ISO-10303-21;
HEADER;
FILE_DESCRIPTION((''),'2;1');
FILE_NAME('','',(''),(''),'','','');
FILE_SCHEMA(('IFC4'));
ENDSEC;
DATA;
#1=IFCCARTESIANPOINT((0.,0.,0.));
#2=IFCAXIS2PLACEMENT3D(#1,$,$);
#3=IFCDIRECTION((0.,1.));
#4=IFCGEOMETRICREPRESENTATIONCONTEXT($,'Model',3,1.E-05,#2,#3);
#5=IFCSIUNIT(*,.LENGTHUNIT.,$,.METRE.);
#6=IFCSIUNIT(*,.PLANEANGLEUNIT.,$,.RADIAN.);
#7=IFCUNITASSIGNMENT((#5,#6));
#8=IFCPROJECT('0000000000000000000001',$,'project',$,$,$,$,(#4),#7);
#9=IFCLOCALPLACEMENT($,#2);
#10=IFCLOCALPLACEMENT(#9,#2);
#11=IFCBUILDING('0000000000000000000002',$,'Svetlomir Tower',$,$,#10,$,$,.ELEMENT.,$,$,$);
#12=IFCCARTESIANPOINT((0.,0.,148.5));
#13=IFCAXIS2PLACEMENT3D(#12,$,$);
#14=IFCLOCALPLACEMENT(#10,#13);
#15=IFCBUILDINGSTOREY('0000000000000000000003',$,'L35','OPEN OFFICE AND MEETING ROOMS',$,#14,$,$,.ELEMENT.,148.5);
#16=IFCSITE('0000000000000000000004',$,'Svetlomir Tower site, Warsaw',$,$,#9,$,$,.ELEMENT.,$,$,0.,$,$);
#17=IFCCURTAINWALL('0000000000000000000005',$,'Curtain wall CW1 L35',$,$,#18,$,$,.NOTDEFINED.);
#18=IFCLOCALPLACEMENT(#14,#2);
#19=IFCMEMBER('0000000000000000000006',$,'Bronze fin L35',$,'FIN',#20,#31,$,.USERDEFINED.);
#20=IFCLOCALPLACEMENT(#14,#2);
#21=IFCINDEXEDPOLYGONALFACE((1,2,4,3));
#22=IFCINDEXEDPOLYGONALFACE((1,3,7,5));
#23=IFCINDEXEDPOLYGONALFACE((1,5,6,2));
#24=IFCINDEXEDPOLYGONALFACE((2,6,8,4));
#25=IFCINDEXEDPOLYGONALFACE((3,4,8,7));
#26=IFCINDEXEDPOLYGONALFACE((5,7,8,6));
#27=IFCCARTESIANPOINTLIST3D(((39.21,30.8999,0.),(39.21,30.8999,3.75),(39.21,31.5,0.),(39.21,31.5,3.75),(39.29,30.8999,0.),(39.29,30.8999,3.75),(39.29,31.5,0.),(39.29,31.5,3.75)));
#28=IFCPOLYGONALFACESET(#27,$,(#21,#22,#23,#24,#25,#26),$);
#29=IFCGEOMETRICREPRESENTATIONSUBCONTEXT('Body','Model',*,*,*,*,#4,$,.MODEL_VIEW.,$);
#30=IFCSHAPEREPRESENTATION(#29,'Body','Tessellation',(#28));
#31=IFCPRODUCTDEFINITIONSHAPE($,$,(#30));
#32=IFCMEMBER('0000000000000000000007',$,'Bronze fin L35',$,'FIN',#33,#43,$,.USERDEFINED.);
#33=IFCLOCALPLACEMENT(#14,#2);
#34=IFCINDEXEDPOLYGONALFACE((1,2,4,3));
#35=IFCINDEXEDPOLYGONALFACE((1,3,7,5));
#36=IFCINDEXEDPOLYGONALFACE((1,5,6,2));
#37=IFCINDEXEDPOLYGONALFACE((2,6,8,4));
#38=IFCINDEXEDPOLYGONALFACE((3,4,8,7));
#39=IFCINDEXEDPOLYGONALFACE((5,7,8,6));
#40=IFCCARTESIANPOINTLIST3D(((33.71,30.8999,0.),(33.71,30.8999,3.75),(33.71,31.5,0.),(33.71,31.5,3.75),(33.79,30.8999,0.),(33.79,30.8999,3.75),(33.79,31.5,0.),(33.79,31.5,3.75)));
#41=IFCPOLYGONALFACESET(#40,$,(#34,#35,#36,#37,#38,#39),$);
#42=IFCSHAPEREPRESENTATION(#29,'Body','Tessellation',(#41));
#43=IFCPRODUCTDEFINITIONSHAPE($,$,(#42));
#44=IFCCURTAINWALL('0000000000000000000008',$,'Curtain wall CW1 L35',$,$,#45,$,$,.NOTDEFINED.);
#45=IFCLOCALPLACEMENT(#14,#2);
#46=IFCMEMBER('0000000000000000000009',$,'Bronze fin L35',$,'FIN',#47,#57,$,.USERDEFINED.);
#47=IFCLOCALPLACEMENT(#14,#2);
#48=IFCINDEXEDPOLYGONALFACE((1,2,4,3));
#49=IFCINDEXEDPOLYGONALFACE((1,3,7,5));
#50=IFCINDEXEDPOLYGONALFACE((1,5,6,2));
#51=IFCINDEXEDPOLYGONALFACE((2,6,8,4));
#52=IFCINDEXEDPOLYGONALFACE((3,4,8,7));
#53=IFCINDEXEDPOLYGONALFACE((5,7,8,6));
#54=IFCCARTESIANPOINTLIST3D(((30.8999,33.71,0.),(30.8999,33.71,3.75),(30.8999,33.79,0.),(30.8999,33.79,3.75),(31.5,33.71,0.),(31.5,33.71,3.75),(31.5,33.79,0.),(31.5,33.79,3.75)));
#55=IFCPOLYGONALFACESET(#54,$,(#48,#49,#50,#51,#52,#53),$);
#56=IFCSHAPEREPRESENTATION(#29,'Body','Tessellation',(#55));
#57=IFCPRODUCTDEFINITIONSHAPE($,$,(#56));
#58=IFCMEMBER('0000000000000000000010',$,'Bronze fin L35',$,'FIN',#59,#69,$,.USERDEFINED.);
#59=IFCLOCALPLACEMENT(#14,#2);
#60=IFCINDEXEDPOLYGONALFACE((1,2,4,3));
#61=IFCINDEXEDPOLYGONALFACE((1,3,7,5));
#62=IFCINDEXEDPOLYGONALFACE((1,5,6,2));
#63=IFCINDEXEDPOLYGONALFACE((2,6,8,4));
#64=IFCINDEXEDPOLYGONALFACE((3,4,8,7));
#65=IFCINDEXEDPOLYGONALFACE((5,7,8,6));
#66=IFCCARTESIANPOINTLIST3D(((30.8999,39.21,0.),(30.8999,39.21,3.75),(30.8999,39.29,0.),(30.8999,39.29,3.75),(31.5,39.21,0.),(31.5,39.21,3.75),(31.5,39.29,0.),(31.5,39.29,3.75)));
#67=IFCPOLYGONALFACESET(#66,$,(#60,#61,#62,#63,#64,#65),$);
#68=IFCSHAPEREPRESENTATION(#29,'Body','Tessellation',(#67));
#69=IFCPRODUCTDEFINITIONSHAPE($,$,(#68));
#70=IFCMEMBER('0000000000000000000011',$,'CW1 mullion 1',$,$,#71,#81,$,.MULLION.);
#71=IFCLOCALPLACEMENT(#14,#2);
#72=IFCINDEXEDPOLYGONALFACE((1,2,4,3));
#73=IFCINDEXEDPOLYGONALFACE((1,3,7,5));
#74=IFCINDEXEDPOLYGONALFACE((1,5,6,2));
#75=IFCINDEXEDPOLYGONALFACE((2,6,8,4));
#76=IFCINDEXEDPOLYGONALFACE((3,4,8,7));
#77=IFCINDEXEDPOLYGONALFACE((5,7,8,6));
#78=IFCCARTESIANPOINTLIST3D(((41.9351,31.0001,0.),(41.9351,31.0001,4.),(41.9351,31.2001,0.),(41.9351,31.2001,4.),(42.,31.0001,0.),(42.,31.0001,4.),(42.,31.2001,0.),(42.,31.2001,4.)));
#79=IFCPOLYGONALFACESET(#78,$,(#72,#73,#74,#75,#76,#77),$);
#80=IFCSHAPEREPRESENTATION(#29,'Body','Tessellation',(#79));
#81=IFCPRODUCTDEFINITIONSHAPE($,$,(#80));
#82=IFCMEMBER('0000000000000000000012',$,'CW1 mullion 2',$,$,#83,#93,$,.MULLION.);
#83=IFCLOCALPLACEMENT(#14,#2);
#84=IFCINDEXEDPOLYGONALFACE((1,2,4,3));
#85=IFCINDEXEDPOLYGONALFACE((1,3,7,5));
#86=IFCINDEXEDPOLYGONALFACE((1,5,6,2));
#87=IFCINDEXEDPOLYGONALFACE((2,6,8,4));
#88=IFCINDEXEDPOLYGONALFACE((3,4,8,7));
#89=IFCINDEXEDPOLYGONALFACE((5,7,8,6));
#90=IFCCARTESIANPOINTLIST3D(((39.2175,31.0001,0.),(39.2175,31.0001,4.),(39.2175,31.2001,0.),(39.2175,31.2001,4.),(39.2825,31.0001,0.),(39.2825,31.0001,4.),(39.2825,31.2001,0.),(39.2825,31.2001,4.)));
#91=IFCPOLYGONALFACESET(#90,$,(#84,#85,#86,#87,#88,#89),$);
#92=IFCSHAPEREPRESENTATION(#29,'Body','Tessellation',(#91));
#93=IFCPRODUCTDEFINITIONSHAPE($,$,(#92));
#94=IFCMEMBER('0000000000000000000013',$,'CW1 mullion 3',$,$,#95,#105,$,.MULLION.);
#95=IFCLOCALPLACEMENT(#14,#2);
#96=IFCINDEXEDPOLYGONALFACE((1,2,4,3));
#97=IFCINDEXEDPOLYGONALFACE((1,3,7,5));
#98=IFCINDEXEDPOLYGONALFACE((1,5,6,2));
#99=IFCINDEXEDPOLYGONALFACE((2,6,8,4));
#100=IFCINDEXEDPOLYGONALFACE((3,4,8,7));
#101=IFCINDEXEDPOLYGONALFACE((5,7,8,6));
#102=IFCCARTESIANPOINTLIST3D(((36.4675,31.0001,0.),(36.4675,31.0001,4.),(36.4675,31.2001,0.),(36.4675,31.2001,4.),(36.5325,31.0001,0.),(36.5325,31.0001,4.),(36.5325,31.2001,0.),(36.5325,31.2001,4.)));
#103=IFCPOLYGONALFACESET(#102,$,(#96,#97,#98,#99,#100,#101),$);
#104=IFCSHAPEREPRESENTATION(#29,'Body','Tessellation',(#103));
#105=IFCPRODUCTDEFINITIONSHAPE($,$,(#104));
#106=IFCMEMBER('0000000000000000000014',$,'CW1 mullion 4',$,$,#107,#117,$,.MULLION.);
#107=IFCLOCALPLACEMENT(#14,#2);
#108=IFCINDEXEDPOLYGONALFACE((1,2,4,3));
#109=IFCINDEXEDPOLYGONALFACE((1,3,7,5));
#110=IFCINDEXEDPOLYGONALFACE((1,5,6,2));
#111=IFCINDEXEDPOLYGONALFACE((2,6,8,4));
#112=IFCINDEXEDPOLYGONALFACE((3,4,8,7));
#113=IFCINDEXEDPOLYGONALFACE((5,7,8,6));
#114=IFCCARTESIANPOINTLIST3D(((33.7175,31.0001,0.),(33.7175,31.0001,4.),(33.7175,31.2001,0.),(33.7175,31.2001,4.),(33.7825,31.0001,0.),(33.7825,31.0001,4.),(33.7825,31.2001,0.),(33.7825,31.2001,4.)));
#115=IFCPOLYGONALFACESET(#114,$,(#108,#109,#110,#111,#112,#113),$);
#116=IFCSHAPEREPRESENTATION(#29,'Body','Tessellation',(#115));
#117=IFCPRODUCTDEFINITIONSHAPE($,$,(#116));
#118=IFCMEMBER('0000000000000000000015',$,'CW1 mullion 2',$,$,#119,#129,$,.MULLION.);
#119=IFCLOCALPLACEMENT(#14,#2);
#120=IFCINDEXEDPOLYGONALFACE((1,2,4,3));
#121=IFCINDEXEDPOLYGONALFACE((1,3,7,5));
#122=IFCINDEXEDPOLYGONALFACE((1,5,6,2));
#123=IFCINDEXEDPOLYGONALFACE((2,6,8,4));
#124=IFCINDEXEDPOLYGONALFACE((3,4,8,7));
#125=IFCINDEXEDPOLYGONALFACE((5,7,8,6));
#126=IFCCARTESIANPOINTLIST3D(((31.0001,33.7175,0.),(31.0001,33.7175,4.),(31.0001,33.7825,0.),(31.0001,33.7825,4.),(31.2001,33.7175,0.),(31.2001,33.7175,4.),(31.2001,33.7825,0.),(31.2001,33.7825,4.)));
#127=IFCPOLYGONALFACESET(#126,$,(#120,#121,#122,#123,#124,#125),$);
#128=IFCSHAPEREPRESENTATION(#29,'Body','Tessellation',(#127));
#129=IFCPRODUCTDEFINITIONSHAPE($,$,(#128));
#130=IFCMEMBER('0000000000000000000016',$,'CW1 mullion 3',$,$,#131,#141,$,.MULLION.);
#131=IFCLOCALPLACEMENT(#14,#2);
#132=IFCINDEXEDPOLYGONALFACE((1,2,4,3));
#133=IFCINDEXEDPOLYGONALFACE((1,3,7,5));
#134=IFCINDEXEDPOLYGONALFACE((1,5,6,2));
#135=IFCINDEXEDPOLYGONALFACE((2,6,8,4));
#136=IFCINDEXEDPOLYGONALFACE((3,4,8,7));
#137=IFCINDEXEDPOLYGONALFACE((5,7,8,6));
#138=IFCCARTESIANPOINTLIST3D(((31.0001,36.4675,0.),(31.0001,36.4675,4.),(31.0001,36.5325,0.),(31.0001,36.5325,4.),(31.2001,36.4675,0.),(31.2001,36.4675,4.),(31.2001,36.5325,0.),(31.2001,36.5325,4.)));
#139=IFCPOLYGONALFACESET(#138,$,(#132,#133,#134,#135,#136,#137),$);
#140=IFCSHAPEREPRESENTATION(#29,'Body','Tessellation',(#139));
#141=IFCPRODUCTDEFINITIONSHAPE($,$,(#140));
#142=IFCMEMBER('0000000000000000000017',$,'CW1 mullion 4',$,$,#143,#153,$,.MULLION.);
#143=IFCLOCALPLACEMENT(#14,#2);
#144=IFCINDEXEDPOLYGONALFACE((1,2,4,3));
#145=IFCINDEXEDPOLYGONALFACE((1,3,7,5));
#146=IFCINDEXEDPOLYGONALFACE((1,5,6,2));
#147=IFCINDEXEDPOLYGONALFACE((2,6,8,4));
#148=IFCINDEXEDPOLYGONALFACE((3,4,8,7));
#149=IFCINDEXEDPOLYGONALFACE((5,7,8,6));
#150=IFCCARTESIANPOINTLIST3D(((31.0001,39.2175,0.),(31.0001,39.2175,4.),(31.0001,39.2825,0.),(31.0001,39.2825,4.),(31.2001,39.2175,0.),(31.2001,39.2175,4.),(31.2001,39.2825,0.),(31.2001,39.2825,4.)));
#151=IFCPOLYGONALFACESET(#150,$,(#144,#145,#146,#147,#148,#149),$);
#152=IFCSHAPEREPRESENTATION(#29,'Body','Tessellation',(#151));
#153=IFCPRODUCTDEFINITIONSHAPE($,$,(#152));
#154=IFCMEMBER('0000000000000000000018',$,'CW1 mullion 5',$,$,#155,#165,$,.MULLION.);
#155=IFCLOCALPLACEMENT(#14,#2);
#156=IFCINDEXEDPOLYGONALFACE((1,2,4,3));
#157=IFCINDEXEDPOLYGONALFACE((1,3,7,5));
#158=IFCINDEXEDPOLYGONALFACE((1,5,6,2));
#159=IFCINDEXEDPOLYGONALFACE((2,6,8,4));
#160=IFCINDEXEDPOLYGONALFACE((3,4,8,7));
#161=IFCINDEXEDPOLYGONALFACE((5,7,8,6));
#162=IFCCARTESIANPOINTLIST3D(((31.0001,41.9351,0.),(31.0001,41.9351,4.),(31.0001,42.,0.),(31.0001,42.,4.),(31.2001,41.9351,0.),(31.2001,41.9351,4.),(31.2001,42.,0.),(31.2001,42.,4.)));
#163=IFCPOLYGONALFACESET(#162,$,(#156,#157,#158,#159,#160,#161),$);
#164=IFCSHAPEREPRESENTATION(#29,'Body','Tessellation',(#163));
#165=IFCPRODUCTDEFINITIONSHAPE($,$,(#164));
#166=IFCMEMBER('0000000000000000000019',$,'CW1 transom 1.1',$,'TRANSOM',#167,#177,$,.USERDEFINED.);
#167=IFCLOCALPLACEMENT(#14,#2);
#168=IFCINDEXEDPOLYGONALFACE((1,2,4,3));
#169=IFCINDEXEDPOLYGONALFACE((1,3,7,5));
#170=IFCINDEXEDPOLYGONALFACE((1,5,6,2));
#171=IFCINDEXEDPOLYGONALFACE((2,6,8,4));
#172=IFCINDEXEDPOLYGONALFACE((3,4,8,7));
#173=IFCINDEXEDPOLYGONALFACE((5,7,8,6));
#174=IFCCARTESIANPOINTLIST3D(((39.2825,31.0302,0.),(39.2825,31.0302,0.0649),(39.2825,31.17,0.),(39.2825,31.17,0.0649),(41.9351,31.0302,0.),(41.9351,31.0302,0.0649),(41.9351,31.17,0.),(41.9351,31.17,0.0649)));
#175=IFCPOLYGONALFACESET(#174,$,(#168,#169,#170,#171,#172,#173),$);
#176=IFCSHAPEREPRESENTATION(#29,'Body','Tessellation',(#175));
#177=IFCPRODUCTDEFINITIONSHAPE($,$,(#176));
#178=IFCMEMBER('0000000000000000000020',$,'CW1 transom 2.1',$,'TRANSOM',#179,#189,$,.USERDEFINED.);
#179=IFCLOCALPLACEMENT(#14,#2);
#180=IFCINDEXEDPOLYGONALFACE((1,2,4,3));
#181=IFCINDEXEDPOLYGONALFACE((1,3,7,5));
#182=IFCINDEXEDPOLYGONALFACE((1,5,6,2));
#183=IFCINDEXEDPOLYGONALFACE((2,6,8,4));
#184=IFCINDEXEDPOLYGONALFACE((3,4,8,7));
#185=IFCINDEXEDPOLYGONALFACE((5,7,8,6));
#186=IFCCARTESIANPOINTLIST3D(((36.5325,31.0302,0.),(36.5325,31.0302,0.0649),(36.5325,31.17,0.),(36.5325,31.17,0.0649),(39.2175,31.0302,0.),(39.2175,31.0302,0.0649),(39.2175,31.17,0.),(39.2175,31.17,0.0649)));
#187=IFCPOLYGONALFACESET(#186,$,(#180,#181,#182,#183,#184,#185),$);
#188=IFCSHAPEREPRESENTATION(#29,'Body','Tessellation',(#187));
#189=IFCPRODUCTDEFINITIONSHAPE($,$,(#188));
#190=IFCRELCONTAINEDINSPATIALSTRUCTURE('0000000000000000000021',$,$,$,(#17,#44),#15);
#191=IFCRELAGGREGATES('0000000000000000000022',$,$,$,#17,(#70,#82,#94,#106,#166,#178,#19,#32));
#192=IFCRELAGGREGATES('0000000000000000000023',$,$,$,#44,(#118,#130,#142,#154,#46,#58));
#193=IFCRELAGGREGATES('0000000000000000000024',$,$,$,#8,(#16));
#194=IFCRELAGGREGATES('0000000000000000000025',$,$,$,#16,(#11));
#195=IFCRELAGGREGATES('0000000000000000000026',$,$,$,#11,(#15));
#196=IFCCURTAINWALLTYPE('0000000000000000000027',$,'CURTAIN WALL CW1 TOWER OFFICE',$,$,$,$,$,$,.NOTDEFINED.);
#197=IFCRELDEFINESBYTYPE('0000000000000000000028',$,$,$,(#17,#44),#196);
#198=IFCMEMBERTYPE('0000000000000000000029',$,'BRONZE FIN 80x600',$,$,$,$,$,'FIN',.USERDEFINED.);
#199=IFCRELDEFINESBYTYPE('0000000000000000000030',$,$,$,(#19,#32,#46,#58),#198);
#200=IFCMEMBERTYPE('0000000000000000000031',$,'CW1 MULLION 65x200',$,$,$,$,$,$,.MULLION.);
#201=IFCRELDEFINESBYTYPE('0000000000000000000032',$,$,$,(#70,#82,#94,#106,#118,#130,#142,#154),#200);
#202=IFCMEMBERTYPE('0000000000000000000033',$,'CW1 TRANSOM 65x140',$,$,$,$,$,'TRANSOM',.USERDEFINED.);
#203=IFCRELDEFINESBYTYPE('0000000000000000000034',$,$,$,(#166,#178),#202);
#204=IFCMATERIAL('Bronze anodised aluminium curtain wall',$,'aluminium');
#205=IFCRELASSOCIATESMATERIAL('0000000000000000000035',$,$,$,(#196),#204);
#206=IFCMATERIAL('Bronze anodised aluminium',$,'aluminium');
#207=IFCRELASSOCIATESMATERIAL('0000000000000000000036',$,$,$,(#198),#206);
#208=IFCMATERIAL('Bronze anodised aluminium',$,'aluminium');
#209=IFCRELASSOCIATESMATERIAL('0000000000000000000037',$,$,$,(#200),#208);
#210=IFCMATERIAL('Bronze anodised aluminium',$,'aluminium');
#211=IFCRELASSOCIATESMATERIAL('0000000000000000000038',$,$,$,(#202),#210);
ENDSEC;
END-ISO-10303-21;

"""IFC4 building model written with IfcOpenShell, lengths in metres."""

from ifc_helpers import new_model, si_unit, direction, frame, origin, origin_2d, place, context, subcontext, project, spatial, rectangle, extrude, material, material_profile, profile_set, type_object, element, aggregate, save


model = new_model("IFC4")

# Units and contexts
model_context = context("Model", 3, precision=1e-05, world=origin(), true_north=direction((0.0, 1.0)))
body_context = subcontext(model_context, "Body", "Model", "MODEL_VIEW")
ifc_project = project(units=[si_unit("LENGTHUNIT", "METRE"), si_unit("PLANEANGLEUNIT", "RADIAN")], contexts=[model_context])

# Site, building, storey
site_placement = place(None, origin())
site = spatial("IfcSite", under=ifc_project, at=site_placement, Name="Svetlomir Tower site, Warsaw", CompositionType="ELEMENT", RefElevation=0.0)
building_placement = place(site_placement, origin())
building = spatial("IfcBuilding", under=site, at=building_placement, Name="Svetlomir Tower", CompositionType="ELEMENT")
storey_placement = place(building_placement, frame((0.0, 0.0, 148.5)))
storey = spatial("IfcBuildingStorey", under=building, at=storey_placement, Name="L35", Description="OPEN OFFICE AND MEETING ROOMS", CompositionType="ELEMENT", Elevation=148.5)

# Curtain walls, members
ifc_material_1 = material(Name="Bronze anodised aluminium curtain wall", Category="aluminium")
curtain_wall_type = type_object("IfcCurtainWallType", Name="CURTAIN WALL CW1 TOWER OFFICE", PredefinedType="NOTDEFINED", material=ifc_material_1)
curtain_wall_1_placement = place(storey_placement, origin())
curtain_wall_1 = element("IfcCurtainWall", 1, at=curtain_wall_1_placement, inside=storey, type_object=curtain_wall_type, Name="Curtain wall CW1 L35", PredefinedType="NOTDEFINED")
ifc_material_2 = material(Name="Bronze anodised aluminium", Category="aluminium")
ifc_material_profile_1 = material_profile(ifc_material_2, rectangle(XDim=0.0801, YDim=0.6001, at=origin_2d()), Name="FIN 80x600")
ifc_profile_set_1 = profile_set([ifc_material_profile_1], Name="Bronze anodised aluminium 6063-T6")
member_type_1 = type_object("IfcMemberType", Name="BRONZE FIN 80x600", ElementType="FIN", PredefinedType="USERDEFINED", material=ifc_profile_set_1)
member_1_placement = place(storey_placement, frame((39.25, 31.2, 0.0), z_axis=(0.0, 0.0, 1.0), x_axis=(1.0, 0.0, 0.0)))
member_1 = element("IfcMember", 2, at=member_1_placement, type_object=member_type_1, Name="Bronze fin L35", ObjectType="FIN", PredefinedType="USERDEFINED", context=body_context, shape_type="SweptSolid", body=[
    extrude(rectangle(XDim=0.0801, YDim=0.6001, at=origin_2d()), origin(), (0.0, 0.0, 1.0), 3.75),
])
member_2_placement = place(storey_placement, frame((33.75, 31.2, 0.0), z_axis=(0.0, 0.0, 1.0), x_axis=(1.0, 0.0, 0.0)))
member_2 = element("IfcMember", 3, at=member_2_placement, type_object=member_type_1, Name="Bronze fin L35", ObjectType="FIN", PredefinedType="USERDEFINED", context=body_context, shape_type="SweptSolid", body=[
    extrude(rectangle(XDim=0.0801, YDim=0.6001, at=origin_2d()), origin(), (0.0, 0.0, 1.0), 3.75),
])
curtain_wall_2_placement = place(storey_placement, origin())
curtain_wall_2 = element("IfcCurtainWall", 4, at=curtain_wall_2_placement, inside=storey, type_object=curtain_wall_type, Name="Curtain wall CW1 L35", PredefinedType="NOTDEFINED")
member_3_placement = place(storey_placement, frame((31.2, 33.75, 0.0), z_axis=(0.0, 0.0, 1.0), x_axis=(0.0, 1.0, 0.0)))
member_3 = element("IfcMember", 5, at=member_3_placement, type_object=member_type_1, Name="Bronze fin L35", ObjectType="FIN", PredefinedType="USERDEFINED", context=body_context, shape_type="SweptSolid", body=[
    extrude(rectangle(XDim=0.0801, YDim=0.6001, at=origin_2d()), origin(), (0.0, 0.0, 1.0), 3.75),
])
member_4_placement = place(storey_placement, frame((31.2, 39.25, 0.0), z_axis=(0.0, 0.0, 1.0), x_axis=(0.0, 1.0, 0.0)))
member_4 = element("IfcMember", 6, at=member_4_placement, type_object=member_type_1, Name="Bronze fin L35", ObjectType="FIN", PredefinedType="USERDEFINED", context=body_context, shape_type="SweptSolid", body=[
    extrude(rectangle(XDim=0.0801, YDim=0.6001, at=origin_2d()), origin(), (0.0, 0.0, 1.0), 3.75),
])

# Members
ifc_material_3 = material(Name="Bronze anodised aluminium", Category="aluminium")
ifc_material_profile_2 = material_profile(ifc_material_3, rectangle(XDim=0.0649, YDim=0.2, at=origin_2d()), Name="AL 65x200")
ifc_profile_set_2 = profile_set([ifc_material_profile_2], Name="Bronze anodised aluminium 6063-T6")
member_type_2 = type_object("IfcMemberType", Name="CW1 MULLION 65x200", PredefinedType="MULLION", material=ifc_profile_set_2)
member_5_placement = place(storey_placement, frame((41.9675, 31.1001, 0.0), z_axis=(0.0, 0.0, 1.0), x_axis=(-1.0, 0.0, 0.0)))
member_5 = element("IfcMember", 7, at=member_5_placement, type_object=member_type_2, Name="CW1 mullion 1", PredefinedType="MULLION", context=body_context, shape_type="SweptSolid", body=[
    extrude(rectangle(XDim=0.0649, YDim=0.2, at=origin_2d()), origin(), (0.0, 0.0, 1.0), 4.0),
])
member_6_placement = place(storey_placement, frame((39.25, 31.1001, 0.0), z_axis=(0.0, 0.0, 1.0), x_axis=(-1.0, 0.0, 0.0)))
member_6 = element("IfcMember", 8, at=member_6_placement, type_object=member_type_2, Name="CW1 mullion 2", PredefinedType="MULLION", context=body_context, shape_type="SweptSolid", body=[
    extrude(rectangle(XDim=0.0649, YDim=0.2, at=origin_2d()), origin(), (0.0, 0.0, 1.0), 4.0),
])
member_7_placement = place(storey_placement, frame((36.5, 31.1001, 0.0), z_axis=(0.0, 0.0, 1.0), x_axis=(-1.0, 0.0, 0.0)))
member_7 = element("IfcMember", 9, at=member_7_placement, type_object=member_type_2, Name="CW1 mullion 3", PredefinedType="MULLION", context=body_context, shape_type="SweptSolid", body=[
    extrude(rectangle(XDim=0.0649, YDim=0.2, at=origin_2d()), origin(), (0.0, 0.0, 1.0), 4.0),
])
member_8_placement = place(storey_placement, frame((33.75, 31.1001, 0.0), z_axis=(0.0, 0.0, 1.0), x_axis=(-1.0, 0.0, 0.0)))
member_8 = element("IfcMember", 10, at=member_8_placement, type_object=member_type_2, Name="CW1 mullion 4", PredefinedType="MULLION", context=body_context, shape_type="SweptSolid", body=[
    extrude(rectangle(XDim=0.0649, YDim=0.2, at=origin_2d()), origin(), (0.0, 0.0, 1.0), 4.0),
])
member_9_placement = place(storey_placement, frame((31.1001, 33.75, 0.0), z_axis=(0.0, 0.0, 1.0), x_axis=(0.0, 1.0, 0.0)))
member_9 = element("IfcMember", 11, at=member_9_placement, type_object=member_type_2, Name="CW1 mullion 2", PredefinedType="MULLION", context=body_context, shape_type="SweptSolid", body=[
    extrude(rectangle(XDim=0.0649, YDim=0.2, at=origin_2d()), origin(), (0.0, 0.0, 1.0), 4.0),
])
member_10_placement = place(storey_placement, frame((31.1001, 36.5, 0.0), z_axis=(0.0, 0.0, 1.0), x_axis=(0.0, 1.0, 0.0)))
member_10 = element("IfcMember", 12, at=member_10_placement, type_object=member_type_2, Name="CW1 mullion 3", PredefinedType="MULLION", context=body_context, shape_type="SweptSolid", body=[
    extrude(rectangle(XDim=0.0649, YDim=0.2, at=origin_2d()), origin(), (0.0, 0.0, 1.0), 4.0),
])
member_11_placement = place(storey_placement, frame((31.1001, 39.25, 0.0), z_axis=(0.0, 0.0, 1.0), x_axis=(0.0, 1.0, 0.0)))
member_11 = element("IfcMember", 13, at=member_11_placement, type_object=member_type_2, Name="CW1 mullion 4", PredefinedType="MULLION", context=body_context, shape_type="SweptSolid", body=[
    extrude(rectangle(XDim=0.0649, YDim=0.2, at=origin_2d()), origin(), (0.0, 0.0, 1.0), 4.0),
])
member_12_placement = place(storey_placement, frame((31.1001, 41.9675, 0.0), z_axis=(0.0, 0.0, 1.0), x_axis=(0.0, 1.0, 0.0)))
member_12 = element("IfcMember", 14, at=member_12_placement, type_object=member_type_2, Name="CW1 mullion 5", PredefinedType="MULLION", context=body_context, shape_type="SweptSolid", body=[
    extrude(rectangle(XDim=0.0649, YDim=0.2, at=origin_2d()), origin(), (0.0, 0.0, 1.0), 4.0),
])
ifc_material_4 = material(Name="Bronze anodised aluminium", Category="aluminium")
ifc_material_profile_3 = material_profile(ifc_material_4, rectangle(XDim=0.1399, YDim=0.0649, at=origin_2d()), Name="AL 140x65")
ifc_profile_set_3 = profile_set([ifc_material_profile_3], Name="Bronze anodised aluminium 6063-T6")
member_type_3 = type_object("IfcMemberType", Name="CW1 TRANSOM 65x140", ElementType="TRANSOM", PredefinedType="USERDEFINED", material=ifc_profile_set_3)
member_13_placement = place(storey_placement, frame((41.9351, 31.1001, 0.0325), z_axis=(-1.0, 0.0, 0.0), x_axis=(0.0, -1.0, 0.0)))
member_13 = element("IfcMember", 15, at=member_13_placement, type_object=member_type_3, Name="CW1 transom 1.1", ObjectType="TRANSOM", PredefinedType="USERDEFINED", context=body_context, shape_type="SweptSolid", body=[
    extrude(rectangle(XDim=0.1399, YDim=0.0649, at=origin_2d()), origin(), (0.0, 0.0, 1.0), 2.6526),
])
member_14_placement = place(storey_placement, frame((39.2175, 31.1001, 0.0325), z_axis=(-1.0, 0.0, 0.0), x_axis=(0.0, -1.0, 0.0)))
member_14 = element("IfcMember", 16, at=member_14_placement, type_object=member_type_3, Name="CW1 transom 2.1", ObjectType="TRANSOM", PredefinedType="USERDEFINED", context=body_context, shape_type="SweptSolid", body=[
    extrude(rectangle(XDim=0.1399, YDim=0.0649, at=origin_2d()), origin(), (0.0, 0.0, 1.0), 2.6851),
])

aggregate(curtain_wall_1, [member_5, member_6, member_7, member_8, member_13, member_14, member_1, member_2])
aggregate(curtain_wall_2, [member_9, member_10, member_11, member_12, member_3, member_4])

save(model, "model.ifc")
